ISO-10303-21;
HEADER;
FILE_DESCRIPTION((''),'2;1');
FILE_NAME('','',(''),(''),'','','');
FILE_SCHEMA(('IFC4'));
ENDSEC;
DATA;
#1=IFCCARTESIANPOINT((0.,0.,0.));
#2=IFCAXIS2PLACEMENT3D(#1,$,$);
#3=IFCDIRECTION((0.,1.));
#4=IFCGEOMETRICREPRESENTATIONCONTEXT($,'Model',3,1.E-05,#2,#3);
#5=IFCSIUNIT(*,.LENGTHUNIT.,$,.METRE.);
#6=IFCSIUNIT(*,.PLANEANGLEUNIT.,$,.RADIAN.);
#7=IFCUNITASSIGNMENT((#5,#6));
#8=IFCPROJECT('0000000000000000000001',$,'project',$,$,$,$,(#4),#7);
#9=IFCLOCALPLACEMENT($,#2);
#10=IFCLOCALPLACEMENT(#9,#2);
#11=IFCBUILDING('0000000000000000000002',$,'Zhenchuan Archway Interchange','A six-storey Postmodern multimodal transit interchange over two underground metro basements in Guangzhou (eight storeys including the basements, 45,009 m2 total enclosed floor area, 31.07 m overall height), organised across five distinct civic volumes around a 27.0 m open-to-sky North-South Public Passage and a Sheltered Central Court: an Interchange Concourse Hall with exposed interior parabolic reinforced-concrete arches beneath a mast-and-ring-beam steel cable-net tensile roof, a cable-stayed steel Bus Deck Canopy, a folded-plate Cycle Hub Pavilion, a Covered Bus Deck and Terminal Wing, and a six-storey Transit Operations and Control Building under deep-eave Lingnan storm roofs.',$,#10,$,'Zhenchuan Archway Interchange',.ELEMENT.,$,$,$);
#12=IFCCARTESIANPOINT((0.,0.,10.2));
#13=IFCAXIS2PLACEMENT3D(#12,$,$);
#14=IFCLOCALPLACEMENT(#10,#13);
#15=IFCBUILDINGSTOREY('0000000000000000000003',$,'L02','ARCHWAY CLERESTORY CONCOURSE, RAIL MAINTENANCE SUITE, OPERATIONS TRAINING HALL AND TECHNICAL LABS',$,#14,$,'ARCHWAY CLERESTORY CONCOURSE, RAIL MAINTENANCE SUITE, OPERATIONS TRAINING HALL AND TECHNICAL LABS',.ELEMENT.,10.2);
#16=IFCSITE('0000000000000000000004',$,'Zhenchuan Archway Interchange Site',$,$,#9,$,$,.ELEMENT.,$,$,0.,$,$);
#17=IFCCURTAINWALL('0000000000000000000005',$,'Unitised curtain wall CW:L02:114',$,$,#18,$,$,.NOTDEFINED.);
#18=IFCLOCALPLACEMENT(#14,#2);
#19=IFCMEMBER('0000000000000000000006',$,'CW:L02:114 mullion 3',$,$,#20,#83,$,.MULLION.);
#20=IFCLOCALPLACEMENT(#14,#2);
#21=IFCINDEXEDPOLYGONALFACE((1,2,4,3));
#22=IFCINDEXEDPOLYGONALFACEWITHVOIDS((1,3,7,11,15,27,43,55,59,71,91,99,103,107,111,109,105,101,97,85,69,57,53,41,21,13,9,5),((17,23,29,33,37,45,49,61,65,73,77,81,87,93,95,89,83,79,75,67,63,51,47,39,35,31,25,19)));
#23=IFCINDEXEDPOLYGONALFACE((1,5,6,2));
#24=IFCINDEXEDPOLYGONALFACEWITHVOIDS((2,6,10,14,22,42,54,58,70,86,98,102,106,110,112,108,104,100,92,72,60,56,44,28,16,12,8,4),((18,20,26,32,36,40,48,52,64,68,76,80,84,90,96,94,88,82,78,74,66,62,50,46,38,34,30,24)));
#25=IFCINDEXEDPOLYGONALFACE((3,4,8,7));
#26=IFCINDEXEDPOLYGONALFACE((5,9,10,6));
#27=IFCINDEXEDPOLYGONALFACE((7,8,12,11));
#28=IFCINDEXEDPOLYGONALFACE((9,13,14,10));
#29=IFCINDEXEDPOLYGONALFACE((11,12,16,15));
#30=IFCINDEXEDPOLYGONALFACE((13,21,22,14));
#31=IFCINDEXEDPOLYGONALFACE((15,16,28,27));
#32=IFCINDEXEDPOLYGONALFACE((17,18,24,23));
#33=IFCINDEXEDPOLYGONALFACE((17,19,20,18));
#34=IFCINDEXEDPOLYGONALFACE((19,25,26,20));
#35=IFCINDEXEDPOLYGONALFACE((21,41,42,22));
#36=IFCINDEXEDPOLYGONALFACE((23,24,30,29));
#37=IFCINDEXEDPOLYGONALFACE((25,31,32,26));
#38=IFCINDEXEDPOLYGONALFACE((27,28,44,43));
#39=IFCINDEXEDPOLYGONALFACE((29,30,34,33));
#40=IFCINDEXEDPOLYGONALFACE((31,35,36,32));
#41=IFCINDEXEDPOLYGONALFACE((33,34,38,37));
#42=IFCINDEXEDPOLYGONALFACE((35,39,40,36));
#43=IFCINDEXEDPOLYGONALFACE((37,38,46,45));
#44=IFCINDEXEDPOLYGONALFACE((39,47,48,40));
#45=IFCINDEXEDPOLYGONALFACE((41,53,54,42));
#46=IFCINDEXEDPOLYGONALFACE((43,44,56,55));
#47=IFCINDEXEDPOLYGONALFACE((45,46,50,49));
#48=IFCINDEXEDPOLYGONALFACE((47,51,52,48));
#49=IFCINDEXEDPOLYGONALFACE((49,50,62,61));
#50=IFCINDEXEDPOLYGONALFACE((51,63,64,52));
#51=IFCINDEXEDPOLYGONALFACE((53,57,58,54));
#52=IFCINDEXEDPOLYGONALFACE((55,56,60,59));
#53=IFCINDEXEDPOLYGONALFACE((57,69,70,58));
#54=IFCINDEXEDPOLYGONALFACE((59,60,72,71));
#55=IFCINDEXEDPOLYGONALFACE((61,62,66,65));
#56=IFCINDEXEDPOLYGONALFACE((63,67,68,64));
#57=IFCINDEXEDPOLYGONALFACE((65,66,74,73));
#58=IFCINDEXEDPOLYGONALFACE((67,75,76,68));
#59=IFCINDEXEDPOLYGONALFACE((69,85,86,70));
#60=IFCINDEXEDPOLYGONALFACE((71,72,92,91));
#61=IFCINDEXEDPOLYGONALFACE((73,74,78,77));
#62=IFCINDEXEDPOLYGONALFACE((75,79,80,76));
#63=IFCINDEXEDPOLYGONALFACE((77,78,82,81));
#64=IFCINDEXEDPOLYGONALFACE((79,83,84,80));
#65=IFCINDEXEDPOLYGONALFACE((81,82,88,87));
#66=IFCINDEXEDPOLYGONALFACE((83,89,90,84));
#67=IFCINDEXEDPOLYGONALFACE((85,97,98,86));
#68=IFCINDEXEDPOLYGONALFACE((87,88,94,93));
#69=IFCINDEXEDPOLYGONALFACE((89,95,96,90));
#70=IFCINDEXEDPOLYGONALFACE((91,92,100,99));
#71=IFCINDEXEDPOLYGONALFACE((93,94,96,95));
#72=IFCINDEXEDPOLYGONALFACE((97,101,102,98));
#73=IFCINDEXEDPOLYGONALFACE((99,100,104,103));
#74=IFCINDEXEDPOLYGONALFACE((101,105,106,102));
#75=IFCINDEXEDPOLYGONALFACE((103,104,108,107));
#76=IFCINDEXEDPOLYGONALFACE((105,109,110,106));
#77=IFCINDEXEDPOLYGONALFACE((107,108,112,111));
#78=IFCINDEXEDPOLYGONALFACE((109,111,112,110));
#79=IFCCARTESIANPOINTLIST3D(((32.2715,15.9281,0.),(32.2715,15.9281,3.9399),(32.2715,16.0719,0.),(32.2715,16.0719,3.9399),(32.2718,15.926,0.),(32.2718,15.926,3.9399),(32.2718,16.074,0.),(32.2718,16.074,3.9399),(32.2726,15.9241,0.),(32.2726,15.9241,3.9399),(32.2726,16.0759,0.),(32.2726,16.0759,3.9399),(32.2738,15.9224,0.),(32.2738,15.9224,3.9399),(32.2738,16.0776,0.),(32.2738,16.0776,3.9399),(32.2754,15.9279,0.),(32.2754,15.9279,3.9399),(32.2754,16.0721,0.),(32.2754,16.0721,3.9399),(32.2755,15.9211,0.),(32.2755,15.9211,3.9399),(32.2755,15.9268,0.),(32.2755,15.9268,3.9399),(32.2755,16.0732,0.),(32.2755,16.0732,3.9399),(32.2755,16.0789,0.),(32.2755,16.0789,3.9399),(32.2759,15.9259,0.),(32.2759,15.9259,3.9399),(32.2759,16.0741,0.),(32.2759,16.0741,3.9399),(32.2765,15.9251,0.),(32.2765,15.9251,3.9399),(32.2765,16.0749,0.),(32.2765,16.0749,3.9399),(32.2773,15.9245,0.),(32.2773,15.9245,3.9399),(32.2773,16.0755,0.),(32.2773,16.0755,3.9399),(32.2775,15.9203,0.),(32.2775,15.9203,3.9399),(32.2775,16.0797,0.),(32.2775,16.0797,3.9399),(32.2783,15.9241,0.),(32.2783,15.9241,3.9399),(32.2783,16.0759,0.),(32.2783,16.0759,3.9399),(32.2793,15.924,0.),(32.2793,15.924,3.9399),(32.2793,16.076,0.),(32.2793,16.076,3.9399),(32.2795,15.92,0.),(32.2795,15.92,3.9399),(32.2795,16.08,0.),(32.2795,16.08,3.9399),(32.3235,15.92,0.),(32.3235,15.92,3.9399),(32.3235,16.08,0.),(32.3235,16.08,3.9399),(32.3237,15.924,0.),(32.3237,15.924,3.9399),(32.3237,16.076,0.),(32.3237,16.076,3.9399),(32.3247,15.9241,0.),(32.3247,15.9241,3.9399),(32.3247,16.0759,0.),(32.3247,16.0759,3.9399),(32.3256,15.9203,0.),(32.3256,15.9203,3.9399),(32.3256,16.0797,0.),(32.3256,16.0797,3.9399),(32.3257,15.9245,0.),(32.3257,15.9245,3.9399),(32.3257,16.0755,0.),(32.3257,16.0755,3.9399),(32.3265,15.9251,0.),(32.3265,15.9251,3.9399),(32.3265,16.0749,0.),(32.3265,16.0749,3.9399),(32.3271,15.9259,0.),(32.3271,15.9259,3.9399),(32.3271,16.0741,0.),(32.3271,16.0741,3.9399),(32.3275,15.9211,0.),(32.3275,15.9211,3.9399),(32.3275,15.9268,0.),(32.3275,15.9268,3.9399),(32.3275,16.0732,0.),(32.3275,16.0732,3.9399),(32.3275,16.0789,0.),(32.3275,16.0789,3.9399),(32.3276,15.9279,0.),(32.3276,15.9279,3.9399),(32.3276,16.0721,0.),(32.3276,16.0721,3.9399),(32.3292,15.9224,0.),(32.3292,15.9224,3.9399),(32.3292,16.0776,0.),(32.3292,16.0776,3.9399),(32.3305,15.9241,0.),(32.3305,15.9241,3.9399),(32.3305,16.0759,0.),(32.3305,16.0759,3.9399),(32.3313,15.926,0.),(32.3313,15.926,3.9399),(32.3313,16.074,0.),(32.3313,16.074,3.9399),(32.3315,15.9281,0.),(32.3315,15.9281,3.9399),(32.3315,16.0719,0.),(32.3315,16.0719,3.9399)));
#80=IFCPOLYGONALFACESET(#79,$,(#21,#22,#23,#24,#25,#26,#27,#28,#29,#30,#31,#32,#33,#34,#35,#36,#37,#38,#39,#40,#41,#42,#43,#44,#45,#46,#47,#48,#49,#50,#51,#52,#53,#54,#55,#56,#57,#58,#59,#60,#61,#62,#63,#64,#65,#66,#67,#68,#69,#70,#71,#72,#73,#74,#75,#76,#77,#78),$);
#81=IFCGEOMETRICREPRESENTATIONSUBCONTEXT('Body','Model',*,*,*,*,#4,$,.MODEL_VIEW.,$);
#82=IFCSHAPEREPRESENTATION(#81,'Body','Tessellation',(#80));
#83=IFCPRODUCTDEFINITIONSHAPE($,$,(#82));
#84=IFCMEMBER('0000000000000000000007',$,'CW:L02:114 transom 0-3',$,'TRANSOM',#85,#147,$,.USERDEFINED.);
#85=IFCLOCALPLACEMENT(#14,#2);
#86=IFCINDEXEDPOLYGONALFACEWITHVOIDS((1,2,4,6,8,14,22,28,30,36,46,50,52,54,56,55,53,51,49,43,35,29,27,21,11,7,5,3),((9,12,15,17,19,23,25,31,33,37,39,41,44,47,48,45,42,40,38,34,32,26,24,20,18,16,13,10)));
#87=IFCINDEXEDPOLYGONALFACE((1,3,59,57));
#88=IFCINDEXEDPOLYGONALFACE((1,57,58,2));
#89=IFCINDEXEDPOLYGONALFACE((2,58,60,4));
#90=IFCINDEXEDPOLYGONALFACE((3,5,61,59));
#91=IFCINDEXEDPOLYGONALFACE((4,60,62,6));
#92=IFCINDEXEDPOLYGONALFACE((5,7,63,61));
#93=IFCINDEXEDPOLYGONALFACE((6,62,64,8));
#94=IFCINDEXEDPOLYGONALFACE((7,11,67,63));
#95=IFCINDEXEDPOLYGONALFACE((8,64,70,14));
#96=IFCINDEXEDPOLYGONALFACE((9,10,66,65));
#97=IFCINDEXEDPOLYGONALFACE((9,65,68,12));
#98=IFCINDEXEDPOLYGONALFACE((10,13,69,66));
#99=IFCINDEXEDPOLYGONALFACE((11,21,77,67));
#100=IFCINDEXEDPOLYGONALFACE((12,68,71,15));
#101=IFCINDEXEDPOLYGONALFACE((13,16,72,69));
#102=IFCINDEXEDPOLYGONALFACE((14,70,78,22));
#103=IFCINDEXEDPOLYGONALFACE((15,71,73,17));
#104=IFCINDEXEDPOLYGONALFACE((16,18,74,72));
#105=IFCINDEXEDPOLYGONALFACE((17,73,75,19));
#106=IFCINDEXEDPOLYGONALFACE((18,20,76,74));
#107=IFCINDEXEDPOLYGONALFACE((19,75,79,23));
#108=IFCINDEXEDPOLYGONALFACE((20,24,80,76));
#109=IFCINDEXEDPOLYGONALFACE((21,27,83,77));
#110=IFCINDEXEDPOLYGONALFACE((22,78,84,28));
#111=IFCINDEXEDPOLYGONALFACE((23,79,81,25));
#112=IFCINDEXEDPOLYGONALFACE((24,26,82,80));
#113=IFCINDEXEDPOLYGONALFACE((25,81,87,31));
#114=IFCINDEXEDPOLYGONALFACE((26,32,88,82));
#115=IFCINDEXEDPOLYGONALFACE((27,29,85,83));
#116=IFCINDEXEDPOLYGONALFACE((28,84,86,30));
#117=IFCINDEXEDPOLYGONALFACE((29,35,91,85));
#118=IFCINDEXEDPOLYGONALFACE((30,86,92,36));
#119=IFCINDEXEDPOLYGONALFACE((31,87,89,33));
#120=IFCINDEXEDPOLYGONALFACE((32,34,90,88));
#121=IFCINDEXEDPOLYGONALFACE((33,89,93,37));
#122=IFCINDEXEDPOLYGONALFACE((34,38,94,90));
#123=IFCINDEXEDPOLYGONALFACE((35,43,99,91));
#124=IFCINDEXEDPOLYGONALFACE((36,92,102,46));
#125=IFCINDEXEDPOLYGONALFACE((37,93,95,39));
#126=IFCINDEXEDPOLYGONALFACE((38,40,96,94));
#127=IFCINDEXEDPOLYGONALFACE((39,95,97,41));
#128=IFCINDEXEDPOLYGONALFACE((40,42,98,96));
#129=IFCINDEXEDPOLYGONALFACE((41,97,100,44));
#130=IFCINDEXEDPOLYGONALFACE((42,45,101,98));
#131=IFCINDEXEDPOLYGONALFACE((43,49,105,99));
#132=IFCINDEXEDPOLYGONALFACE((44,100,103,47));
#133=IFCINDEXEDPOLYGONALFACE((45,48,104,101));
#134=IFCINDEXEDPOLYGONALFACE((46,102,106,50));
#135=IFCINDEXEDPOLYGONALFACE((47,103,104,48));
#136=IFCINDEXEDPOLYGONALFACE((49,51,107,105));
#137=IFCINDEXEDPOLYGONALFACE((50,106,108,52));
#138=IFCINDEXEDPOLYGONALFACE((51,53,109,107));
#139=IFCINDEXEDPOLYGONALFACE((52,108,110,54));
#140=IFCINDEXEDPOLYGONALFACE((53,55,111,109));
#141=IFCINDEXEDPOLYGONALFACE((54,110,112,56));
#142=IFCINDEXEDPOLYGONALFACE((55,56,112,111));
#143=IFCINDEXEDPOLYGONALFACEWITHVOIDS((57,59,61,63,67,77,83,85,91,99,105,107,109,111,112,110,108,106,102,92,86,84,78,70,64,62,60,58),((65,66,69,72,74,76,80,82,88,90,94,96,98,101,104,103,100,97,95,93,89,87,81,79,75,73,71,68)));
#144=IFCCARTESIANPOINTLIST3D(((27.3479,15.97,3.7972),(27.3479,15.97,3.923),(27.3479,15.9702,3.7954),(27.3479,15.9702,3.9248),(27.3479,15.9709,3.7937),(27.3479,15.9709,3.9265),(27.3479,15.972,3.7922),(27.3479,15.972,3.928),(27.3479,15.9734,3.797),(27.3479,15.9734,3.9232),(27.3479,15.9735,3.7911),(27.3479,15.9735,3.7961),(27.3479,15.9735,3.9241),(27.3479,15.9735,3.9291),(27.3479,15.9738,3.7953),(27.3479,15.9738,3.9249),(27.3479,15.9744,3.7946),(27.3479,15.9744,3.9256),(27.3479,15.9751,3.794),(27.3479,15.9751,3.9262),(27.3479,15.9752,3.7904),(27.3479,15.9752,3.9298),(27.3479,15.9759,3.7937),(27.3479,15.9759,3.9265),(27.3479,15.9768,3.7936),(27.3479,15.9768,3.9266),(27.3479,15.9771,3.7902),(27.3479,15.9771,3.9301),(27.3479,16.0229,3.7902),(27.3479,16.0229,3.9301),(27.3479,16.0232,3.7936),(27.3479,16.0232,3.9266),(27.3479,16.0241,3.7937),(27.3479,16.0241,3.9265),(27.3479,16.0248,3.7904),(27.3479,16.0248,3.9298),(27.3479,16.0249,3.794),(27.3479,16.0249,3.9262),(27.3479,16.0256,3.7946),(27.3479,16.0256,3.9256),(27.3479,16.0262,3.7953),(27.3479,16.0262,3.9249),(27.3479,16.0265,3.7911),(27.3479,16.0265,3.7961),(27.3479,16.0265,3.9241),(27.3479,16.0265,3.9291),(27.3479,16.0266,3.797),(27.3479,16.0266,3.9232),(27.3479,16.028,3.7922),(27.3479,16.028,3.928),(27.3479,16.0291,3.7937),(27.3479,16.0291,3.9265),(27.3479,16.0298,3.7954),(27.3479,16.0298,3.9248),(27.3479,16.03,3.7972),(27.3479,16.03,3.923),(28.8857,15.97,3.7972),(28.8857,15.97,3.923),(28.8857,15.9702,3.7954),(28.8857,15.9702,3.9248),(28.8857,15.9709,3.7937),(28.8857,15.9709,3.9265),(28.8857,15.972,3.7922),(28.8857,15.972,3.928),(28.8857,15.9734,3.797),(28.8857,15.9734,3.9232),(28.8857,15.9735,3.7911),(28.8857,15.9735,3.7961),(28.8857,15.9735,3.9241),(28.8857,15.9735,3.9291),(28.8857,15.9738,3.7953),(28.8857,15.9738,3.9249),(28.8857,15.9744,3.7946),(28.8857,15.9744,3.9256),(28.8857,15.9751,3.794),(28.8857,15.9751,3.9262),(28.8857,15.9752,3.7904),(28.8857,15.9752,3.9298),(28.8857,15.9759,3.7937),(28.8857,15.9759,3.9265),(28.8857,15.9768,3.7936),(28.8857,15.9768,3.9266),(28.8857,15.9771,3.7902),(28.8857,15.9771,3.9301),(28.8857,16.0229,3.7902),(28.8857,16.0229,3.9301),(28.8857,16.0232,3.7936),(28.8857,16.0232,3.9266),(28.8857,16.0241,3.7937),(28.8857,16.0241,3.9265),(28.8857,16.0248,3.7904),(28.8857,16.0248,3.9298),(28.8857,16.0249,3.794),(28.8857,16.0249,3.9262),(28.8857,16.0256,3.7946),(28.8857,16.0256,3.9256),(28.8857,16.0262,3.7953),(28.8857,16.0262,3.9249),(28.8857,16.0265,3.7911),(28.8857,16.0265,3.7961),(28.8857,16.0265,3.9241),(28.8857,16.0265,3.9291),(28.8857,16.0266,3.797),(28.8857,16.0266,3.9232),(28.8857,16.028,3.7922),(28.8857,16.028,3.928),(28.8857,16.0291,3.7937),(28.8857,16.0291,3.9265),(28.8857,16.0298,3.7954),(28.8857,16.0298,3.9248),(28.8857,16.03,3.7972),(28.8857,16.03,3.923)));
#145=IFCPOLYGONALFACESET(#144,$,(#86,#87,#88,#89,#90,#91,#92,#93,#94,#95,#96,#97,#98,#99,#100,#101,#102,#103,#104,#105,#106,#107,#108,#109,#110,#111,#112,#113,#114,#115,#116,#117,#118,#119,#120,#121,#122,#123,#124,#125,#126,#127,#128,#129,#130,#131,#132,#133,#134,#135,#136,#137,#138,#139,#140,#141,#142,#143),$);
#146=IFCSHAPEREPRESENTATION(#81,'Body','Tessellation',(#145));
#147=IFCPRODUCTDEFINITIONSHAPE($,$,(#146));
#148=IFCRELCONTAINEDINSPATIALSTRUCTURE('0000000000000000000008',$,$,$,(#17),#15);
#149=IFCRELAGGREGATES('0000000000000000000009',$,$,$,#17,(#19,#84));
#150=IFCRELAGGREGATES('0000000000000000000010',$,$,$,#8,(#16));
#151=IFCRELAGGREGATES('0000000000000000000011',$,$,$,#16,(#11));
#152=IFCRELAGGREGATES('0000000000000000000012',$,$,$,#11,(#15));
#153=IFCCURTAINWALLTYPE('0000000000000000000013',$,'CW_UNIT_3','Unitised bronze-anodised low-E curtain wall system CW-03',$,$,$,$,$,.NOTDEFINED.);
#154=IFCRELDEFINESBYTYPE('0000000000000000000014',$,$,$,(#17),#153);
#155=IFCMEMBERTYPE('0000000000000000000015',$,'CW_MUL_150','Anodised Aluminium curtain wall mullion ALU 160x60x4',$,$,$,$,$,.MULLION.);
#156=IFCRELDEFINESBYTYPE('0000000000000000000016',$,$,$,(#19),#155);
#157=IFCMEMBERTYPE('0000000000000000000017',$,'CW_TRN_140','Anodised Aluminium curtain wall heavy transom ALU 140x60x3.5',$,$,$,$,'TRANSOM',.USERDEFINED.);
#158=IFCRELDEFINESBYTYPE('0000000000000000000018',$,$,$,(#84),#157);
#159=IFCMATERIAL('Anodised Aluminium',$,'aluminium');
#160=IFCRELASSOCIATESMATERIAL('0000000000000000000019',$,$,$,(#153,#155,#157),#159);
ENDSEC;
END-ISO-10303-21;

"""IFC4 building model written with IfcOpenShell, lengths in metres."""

from ifc_helpers import new_model, si_unit, direction, frame, origin, origin_2d, place, context, subcontext, project, spatial, hollow_rectangle, extrude, material, material_profile, profile_set, type_object, element, aggregate, save


model = new_model("IFC4")

# Units and contexts
model_context = context("Model", 3, precision=1e-05, world=origin(), true_north=direction((0.0, 1.0)))
body_context = subcontext(model_context, "Body", "Model", "MODEL_VIEW")
ifc_project = project(units=[si_unit("LENGTHUNIT", "METRE"), si_unit("PLANEANGLEUNIT", "RADIAN")], contexts=[model_context])

# Site, building, storey
site_placement = place(None, origin())
site = spatial("IfcSite", under=ifc_project, at=site_placement, Name="Zhenchuan Archway Interchange Site", CompositionType="ELEMENT", RefElevation=0.0)
building_placement = place(site_placement, origin())
building = spatial("IfcBuilding", under=site, at=building_placement, Name="Zhenchuan Archway Interchange", Description="A six-storey Postmodern multimodal transit interchange over two underground metro basements in Guangzhou (eight storeys including the basements, 45,009 m2 total enclosed floor area, 31.07 m overall height), organised across five distinct civic volumes around a 27.0 m open-to-sky North-South Public Passage and a Sheltered Central Court: an Interchange Concourse Hall with exposed interior parabolic reinforced-concrete arches beneath a mast-and-ring-beam steel cable-net tensile roof, a cable-stayed steel Bus Deck Canopy, a folded-plate Cycle Hub Pavilion, a Covered Bus Deck and Terminal Wing, and a six-storey Transit Operations and Control Building under deep-eave Lingnan storm roofs.", LongName="Zhenchuan Archway Interchange", CompositionType="ELEMENT")
storey_placement = place(building_placement, frame((0.0, 0.0, 10.2)))
storey = spatial("IfcBuildingStorey", under=building, at=storey_placement, Name="L02", Description="ARCHWAY CLERESTORY CONCOURSE, RAIL MAINTENANCE SUITE, OPERATIONS TRAINING HALL AND TECHNICAL LABS", LongName="ARCHWAY CLERESTORY CONCOURSE, RAIL MAINTENANCE SUITE, OPERATIONS TRAINING HALL AND TECHNICAL LABS", CompositionType="ELEMENT", Elevation=10.2)

# Curtain wall, members
ifc_material_1 = material(Name="Anodised Aluminium", Category="aluminium")
curtain_wall_type = type_object("IfcCurtainWallType", Name="CW_UNIT_3", Description="Unitised bronze-anodised low-E curtain wall system CW-03", PredefinedType="NOTDEFINED", material=ifc_material_1)
curtain_wall_placement = place(storey_placement, origin())
curtain_wall = element("IfcCurtainWall", 1, at=curtain_wall_placement, inside=storey, type_object=curtain_wall_type, Name="Unitised curtain wall CW:L02:114", PredefinedType="NOTDEFINED")
ifc_material_profile_1 = material_profile(ifc_material_1, hollow_rectangle(XDim=0.0601, YDim=0.1599, WallThickness=0.0039, InnerFilletRadius=0.0039, OuterFilletRadius=0.0081, at=origin_2d()), Name="ALU 160x60x4")
ifc_profile_set_1 = profile_set([ifc_material_profile_1], Name="Anodised Aluminium")
member_type_1 = type_object("IfcMemberType", Name="CW_MUL_150", Description="Anodised Aluminium curtain wall mullion ALU 160x60x4", PredefinedType="MULLION", material=ifc_profile_set_1)
member_1_placement = place(storey_placement, frame((32.3015, 16.0, 0.0), z_axis=(0.0, 0.0, 1.0), x_axis=(1.0, 0.0, 0.0)))
member_1 = element("IfcMember", 2, at=member_1_placement, type_object=member_type_1, Name="CW:L02:114 mullion 3", PredefinedType="MULLION", context=body_context, shape_type="SweptSolid", body=[
    extrude(hollow_rectangle(XDim=0.0601, YDim=0.1599, WallThickness=0.0039, InnerFilletRadius=0.0039, OuterFilletRadius=0.0081, at=origin_2d()), origin(), (0.0, 0.0, 1.0), 3.9399),
])
ifc_material_profile_2 = material_profile(ifc_material_1, hollow_rectangle(XDim=0.0601, YDim=0.1399, WallThickness=0.0034, InnerFilletRadius=0.0034, OuterFilletRadius=0.0071, at=origin_2d()), Name="ALU 140x60x3.5")
ifc_profile_set_2 = profile_set([ifc_material_profile_2], Name="Anodised Aluminium")
member_type_2 = type_object("IfcMemberType", Name="CW_TRN_140", Description="Anodised Aluminium curtain wall heavy transom ALU 140x60x3.5", ElementType="TRANSOM", PredefinedType="USERDEFINED", material=ifc_profile_set_2)
member_2_placement = place(storey_placement, frame((27.3479, 16.0, 3.8601), z_axis=(1.0, 0.0, 0.0), x_axis=(0.0, 1.0, 0.0)))
member_2 = element("IfcMember", 3, at=member_2_placement, type_object=member_type_2, Name="CW:L02:114 transom 0-3", ObjectType="TRANSOM", PredefinedType="USERDEFINED", context=body_context, shape_type="SweptSolid", body=[
    extrude(hollow_rectangle(XDim=0.0601, YDim=0.1399, WallThickness=0.0034, InnerFilletRadius=0.0034, OuterFilletRadius=0.0071, at=origin_2d()), origin(), (0.0, 0.0, 1.0), 1.5378),
])
aggregate(curtain_wall, [member_1, member_2])

save(model, "model.ifc")
